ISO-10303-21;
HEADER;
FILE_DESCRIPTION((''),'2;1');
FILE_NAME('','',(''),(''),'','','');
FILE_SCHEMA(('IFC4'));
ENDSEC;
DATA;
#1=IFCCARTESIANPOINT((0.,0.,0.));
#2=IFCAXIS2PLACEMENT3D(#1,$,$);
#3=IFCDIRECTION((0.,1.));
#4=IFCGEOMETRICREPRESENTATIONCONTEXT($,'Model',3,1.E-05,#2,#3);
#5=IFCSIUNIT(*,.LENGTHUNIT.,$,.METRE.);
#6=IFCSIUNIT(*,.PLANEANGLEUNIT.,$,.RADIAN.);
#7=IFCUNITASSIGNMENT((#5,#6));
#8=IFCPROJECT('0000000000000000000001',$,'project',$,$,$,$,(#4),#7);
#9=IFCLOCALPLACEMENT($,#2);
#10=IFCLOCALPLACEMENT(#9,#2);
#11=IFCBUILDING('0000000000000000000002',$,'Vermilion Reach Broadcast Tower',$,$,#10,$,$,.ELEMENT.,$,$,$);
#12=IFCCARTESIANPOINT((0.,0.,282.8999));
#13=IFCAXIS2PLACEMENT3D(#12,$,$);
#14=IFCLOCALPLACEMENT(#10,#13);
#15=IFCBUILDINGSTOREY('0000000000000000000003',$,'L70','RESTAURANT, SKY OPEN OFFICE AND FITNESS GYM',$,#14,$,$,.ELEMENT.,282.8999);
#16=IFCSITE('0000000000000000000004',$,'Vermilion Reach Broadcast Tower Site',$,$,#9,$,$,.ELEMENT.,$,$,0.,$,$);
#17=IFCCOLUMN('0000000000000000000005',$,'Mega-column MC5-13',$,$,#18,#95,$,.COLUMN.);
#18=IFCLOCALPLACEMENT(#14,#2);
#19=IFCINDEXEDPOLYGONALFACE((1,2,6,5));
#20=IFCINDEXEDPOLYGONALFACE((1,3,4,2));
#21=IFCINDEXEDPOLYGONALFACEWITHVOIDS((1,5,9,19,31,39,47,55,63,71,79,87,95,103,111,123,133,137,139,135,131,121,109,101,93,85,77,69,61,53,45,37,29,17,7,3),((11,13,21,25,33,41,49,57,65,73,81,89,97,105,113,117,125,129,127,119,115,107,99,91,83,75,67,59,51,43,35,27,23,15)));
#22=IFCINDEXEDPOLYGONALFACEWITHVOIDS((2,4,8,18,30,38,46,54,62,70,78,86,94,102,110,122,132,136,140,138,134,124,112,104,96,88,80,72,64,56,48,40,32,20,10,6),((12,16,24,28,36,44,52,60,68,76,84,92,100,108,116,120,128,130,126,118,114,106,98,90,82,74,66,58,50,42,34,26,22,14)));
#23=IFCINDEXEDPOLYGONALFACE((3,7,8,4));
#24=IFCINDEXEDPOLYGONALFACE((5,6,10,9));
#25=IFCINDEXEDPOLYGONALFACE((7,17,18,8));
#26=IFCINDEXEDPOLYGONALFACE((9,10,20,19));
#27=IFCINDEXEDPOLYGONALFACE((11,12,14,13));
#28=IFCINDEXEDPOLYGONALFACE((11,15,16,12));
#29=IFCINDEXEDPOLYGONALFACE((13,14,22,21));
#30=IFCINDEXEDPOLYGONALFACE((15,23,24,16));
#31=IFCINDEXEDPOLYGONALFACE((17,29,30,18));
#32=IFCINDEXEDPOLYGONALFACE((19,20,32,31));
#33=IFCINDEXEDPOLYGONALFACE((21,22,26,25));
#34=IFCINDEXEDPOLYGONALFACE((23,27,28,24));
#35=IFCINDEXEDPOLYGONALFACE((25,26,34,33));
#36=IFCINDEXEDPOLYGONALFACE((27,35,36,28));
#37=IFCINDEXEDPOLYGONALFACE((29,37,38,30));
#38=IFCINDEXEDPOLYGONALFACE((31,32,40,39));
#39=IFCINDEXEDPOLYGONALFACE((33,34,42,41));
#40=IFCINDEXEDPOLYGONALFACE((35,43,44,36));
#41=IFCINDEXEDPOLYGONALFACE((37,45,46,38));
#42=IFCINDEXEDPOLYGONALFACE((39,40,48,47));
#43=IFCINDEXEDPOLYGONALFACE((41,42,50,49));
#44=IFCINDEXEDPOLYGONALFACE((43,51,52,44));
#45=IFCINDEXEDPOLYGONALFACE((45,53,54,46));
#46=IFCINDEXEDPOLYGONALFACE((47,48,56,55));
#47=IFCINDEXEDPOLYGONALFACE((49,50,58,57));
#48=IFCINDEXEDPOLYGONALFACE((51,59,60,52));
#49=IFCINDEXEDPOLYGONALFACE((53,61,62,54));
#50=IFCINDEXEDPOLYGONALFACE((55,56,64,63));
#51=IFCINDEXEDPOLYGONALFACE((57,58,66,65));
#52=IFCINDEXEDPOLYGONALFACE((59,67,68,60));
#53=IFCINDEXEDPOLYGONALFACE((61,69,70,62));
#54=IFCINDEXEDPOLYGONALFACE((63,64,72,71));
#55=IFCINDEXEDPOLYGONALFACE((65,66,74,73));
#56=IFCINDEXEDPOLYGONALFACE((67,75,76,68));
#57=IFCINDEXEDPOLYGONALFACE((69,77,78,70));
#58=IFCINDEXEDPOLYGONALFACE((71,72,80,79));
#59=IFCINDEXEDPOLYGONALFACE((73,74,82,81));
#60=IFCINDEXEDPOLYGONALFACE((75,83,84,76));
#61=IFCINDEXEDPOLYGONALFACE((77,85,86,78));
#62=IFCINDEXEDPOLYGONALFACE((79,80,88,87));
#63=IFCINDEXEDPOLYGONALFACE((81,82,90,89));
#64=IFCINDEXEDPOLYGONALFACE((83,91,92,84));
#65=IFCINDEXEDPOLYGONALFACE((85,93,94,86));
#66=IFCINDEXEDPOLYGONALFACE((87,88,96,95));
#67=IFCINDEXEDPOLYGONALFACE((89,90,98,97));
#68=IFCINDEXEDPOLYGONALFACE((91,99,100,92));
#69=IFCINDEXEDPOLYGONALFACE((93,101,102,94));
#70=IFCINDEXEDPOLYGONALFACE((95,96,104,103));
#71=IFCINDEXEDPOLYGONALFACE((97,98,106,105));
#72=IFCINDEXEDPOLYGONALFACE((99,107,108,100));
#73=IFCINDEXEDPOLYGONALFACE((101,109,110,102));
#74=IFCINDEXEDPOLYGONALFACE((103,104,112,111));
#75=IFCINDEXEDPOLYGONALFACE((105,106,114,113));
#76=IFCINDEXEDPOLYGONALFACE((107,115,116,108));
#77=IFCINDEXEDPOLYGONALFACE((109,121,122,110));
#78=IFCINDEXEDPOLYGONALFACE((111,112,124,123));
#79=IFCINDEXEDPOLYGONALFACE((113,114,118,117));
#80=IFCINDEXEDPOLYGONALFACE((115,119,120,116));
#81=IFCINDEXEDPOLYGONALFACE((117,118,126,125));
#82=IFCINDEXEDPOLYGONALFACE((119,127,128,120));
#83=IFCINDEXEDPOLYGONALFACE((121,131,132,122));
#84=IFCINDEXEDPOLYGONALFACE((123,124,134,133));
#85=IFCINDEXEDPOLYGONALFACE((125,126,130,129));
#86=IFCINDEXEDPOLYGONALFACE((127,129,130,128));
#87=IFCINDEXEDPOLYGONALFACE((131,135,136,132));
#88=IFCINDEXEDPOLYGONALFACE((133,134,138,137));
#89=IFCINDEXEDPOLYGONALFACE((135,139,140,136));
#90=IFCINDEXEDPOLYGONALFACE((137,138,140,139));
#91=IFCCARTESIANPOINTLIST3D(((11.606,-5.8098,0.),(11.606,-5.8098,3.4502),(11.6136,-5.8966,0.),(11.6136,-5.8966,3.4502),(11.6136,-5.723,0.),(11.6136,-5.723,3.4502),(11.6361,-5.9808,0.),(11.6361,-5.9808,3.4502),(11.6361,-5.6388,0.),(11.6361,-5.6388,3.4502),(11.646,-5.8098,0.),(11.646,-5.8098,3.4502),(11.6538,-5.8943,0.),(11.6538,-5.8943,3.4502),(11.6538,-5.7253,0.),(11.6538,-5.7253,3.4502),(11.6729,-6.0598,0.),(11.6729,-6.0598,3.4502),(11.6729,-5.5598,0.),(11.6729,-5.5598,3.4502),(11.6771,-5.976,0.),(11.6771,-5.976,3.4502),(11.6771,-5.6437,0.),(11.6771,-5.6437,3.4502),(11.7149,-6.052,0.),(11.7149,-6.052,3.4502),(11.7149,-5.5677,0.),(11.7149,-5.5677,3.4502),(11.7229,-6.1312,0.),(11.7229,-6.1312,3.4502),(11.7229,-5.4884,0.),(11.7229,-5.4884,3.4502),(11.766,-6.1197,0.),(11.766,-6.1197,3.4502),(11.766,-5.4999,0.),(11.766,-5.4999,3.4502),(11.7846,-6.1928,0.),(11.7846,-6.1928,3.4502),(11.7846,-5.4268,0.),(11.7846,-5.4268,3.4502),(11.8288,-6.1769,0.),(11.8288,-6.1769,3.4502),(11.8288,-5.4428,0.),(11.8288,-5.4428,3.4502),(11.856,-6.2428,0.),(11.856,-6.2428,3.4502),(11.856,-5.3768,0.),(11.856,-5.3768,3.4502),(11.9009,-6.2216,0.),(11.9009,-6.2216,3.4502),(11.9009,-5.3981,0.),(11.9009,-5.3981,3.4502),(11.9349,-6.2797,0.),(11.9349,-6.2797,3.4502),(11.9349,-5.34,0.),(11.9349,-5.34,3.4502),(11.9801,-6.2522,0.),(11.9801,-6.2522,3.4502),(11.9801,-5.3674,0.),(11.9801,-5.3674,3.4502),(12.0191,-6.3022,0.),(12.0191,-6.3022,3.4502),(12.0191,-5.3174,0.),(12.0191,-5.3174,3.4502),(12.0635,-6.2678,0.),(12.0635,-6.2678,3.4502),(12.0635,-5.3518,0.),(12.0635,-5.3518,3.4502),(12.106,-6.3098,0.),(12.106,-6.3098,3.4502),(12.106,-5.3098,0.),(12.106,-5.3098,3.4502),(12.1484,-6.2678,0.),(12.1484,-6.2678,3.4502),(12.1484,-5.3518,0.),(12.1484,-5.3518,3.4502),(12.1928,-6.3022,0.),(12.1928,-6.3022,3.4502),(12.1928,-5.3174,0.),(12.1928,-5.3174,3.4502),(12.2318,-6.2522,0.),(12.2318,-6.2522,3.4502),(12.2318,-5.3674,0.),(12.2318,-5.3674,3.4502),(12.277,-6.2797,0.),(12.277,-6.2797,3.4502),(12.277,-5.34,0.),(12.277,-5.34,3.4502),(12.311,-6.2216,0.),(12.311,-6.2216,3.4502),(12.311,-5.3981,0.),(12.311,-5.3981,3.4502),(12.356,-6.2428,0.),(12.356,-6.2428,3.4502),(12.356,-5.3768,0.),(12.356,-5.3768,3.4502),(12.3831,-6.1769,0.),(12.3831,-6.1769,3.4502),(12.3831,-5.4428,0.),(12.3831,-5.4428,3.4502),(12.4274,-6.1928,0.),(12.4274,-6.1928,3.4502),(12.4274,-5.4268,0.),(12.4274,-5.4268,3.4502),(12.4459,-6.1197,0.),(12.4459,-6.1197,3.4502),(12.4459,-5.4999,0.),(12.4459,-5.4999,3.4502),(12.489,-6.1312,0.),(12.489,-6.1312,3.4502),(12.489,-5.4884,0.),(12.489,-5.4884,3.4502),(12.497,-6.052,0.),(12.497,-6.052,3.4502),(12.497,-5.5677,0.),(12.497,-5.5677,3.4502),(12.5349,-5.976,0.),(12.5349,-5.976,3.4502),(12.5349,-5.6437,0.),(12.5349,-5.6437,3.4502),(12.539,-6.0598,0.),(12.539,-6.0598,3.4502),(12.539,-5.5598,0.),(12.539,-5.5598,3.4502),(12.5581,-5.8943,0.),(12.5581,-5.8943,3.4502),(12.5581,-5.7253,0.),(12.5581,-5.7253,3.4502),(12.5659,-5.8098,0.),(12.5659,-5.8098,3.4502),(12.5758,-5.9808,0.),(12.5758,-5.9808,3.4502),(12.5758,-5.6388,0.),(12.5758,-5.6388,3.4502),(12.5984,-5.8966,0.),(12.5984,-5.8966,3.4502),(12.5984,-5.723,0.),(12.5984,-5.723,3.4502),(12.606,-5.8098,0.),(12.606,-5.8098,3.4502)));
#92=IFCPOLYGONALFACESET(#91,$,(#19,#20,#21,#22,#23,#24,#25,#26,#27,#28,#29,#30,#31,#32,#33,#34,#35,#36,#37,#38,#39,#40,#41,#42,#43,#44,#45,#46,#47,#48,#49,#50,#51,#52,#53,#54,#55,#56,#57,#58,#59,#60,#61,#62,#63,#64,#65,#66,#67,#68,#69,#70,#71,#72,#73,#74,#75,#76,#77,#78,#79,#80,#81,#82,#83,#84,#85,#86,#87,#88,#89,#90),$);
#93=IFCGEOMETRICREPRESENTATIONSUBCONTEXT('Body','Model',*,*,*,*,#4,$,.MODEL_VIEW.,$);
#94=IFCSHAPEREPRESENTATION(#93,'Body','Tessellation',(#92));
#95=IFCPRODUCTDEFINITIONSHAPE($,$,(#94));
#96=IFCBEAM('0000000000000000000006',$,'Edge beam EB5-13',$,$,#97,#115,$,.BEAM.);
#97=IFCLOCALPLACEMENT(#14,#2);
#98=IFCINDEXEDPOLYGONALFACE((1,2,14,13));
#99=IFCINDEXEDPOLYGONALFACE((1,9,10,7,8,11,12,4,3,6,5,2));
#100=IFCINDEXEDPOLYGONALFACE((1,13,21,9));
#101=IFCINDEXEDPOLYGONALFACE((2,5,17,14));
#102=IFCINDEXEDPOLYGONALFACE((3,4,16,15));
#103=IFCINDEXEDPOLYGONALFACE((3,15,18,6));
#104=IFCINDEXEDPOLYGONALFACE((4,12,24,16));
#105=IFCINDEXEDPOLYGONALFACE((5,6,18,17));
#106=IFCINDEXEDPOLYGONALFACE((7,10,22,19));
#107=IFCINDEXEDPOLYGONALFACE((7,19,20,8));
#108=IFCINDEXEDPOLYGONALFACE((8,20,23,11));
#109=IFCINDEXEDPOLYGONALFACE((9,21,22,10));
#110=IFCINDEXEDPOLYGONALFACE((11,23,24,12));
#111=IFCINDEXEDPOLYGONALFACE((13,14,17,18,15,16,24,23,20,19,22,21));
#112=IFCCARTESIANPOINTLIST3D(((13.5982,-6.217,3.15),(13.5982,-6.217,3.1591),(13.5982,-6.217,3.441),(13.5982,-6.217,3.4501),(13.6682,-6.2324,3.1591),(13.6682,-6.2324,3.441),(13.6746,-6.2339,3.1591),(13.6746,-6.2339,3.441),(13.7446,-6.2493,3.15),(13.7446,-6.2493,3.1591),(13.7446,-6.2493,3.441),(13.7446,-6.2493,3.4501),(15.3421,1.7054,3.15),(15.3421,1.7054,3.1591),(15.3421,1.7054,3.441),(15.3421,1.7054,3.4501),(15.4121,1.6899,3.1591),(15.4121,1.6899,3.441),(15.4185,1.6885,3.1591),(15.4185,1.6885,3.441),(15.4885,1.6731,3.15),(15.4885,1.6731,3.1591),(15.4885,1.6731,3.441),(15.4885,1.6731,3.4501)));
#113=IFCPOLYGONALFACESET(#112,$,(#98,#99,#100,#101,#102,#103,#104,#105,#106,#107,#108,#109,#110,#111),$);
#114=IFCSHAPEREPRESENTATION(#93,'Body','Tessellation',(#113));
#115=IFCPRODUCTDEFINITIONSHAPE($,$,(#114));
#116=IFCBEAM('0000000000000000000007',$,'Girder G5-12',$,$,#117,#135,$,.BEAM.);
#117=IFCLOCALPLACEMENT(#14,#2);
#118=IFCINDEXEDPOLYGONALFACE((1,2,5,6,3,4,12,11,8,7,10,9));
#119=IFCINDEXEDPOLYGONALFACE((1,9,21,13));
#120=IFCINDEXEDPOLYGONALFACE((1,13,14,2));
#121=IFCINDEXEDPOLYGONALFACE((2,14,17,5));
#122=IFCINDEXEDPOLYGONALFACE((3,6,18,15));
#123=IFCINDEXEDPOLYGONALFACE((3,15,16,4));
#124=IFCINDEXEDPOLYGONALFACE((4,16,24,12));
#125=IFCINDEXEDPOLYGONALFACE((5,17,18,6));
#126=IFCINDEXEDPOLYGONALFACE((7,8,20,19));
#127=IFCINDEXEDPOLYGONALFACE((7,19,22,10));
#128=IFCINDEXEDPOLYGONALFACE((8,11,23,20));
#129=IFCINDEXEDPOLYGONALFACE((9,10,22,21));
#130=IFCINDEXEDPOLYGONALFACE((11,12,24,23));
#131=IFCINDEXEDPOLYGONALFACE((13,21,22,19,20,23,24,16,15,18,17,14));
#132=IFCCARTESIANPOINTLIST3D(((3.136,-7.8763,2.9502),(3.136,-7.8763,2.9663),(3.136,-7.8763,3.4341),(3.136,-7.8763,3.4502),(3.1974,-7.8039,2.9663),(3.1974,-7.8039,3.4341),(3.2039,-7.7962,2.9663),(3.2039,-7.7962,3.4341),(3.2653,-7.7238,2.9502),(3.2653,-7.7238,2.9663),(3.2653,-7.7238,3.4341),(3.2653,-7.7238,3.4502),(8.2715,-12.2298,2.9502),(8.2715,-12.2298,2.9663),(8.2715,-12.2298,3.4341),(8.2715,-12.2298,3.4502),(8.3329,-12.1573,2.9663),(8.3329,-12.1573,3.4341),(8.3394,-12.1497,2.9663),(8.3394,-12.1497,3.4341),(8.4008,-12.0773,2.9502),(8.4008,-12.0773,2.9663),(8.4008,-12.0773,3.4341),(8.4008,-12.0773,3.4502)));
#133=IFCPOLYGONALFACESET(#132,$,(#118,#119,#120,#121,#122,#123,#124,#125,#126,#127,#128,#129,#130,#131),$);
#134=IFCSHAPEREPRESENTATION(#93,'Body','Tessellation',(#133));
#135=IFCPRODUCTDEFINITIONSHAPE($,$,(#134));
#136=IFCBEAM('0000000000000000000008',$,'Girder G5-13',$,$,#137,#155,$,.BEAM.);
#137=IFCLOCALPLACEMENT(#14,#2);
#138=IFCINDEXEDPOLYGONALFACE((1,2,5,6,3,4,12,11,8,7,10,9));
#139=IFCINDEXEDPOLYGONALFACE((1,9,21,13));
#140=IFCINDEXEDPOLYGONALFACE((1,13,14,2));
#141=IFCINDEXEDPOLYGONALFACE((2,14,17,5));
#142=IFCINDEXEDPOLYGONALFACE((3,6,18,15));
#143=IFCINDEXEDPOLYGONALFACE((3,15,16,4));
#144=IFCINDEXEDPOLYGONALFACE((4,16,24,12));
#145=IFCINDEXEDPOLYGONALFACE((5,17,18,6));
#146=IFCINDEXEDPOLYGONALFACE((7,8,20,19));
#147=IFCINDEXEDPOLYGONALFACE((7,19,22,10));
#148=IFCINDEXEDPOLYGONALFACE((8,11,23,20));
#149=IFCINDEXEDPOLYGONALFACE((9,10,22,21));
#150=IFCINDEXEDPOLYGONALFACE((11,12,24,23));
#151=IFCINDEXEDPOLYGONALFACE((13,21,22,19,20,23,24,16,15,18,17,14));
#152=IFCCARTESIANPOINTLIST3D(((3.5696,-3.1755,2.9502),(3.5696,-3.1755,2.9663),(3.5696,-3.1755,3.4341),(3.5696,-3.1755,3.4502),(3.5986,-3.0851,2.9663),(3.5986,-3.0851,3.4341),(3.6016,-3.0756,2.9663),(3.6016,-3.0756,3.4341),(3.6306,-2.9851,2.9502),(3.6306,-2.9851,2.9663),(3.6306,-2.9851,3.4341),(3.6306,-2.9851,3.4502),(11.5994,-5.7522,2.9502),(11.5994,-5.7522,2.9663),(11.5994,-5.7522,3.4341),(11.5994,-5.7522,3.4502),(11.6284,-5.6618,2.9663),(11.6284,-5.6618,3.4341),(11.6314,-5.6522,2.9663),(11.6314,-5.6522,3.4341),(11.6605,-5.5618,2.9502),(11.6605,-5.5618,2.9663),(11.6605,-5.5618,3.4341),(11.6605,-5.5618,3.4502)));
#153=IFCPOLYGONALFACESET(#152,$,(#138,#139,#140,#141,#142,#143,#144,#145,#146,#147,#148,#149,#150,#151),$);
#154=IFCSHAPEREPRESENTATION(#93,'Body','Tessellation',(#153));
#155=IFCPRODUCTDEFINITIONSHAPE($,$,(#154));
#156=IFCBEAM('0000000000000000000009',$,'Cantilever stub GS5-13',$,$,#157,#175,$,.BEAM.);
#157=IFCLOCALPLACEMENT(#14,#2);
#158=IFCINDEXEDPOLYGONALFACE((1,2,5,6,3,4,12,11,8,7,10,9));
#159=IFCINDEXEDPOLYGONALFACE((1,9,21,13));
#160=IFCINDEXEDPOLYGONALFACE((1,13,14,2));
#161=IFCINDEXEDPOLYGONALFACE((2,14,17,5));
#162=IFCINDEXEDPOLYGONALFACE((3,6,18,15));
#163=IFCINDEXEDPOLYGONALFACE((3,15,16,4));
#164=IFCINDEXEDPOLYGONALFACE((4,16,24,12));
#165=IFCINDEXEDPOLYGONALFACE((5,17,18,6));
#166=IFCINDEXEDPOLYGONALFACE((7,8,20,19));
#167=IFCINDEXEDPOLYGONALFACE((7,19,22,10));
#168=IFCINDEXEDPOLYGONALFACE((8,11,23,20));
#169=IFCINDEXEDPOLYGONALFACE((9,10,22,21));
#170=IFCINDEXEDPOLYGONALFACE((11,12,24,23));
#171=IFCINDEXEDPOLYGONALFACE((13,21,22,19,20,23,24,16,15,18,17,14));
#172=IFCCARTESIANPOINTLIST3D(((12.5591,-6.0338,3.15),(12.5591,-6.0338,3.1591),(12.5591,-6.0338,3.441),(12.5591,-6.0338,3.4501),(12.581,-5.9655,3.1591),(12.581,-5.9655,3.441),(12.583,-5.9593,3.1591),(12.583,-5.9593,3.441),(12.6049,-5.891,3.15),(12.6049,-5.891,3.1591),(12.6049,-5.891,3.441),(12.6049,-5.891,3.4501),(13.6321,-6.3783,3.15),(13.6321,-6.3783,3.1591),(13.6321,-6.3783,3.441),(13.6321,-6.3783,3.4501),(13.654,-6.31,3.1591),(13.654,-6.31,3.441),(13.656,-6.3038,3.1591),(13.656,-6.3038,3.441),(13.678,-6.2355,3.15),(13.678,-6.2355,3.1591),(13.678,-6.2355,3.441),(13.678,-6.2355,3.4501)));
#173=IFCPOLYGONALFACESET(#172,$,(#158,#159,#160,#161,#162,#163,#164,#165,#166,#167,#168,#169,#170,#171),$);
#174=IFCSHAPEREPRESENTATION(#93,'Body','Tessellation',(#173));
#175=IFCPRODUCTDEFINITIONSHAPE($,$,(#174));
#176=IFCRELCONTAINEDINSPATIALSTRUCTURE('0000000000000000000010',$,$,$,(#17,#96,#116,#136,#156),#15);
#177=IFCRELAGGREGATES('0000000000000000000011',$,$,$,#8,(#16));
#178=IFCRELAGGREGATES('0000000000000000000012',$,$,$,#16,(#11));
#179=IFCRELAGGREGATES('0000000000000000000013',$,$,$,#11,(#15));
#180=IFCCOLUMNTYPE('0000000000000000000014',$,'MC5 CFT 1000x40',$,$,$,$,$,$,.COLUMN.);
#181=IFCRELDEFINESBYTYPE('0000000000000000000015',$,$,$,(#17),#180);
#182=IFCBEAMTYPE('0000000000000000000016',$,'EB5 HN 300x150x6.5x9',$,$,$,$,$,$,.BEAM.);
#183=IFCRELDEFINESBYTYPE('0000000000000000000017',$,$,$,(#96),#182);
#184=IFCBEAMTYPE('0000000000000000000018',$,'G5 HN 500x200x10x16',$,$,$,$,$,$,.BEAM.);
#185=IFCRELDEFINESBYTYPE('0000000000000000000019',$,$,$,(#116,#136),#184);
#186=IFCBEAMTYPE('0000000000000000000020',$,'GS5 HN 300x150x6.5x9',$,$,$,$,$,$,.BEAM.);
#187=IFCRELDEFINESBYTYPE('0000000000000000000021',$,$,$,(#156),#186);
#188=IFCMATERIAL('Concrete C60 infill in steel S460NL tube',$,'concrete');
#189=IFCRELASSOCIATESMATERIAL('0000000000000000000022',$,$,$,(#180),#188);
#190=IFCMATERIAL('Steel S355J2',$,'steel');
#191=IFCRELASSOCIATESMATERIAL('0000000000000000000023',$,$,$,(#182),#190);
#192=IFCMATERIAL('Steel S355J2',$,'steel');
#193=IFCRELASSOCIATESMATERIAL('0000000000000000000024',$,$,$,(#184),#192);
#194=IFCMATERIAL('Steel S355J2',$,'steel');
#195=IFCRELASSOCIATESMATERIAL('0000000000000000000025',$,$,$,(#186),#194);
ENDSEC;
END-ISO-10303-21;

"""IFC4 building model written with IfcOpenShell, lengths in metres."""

from ifc_helpers import new_model, si_unit, direction, frame, origin, origin_2d, place, context, subcontext, project, spatial, hollow_circle, i_section, extrude, material, material_profile, profile_set, type_object, element, save


model = new_model("IFC4")

# Units and contexts
model_context = context("Model", 3, precision=1e-05, world=origin(), true_north=direction((0.0, 1.0)))
body_context = subcontext(model_context, "Body", "Model", "MODEL_VIEW")
ifc_project = project(units=[si_unit("LENGTHUNIT", "METRE"), si_unit("PLANEANGLEUNIT", "RADIAN")], contexts=[model_context])

# Site, building, storey
site_placement = place(None, origin())
site = spatial("IfcSite", under=ifc_project, at=site_placement, Name="Vermilion Reach Broadcast Tower Site", CompositionType="ELEMENT", RefElevation=0.0)
building_placement = place(site_placement, origin())
building = spatial("IfcBuilding", under=site, at=building_placement, Name="Vermilion Reach Broadcast Tower", CompositionType="ELEMENT")
storey_placement = place(building_placement, frame((0.0, 0.0, 282.8999)))
storey = spatial("IfcBuildingStorey", under=building, at=storey_placement, Name="L70", Description="RESTAURANT, SKY OPEN OFFICE AND FITNESS GYM", CompositionType="ELEMENT", Elevation=282.8999)

# Column
ifc_material_1 = material(Name="Concrete C60 infill in steel S460NL tube", Category="concrete")
ifc_material_profile_1 = material_profile(ifc_material_1, hollow_circle(Radius=0.5, WallThickness=0.04, at=origin_2d()), Name="Concrete C60 infill in steel S460NL tube CFT 1000x40")
ifc_profile_set_1 = profile_set([ifc_material_profile_1], Name="Concrete C60 infill in steel S460NL tube")
column_type = type_object("IfcColumnType", Name="MC5 CFT 1000x40", PredefinedType="COLUMN", material=ifc_profile_set_1)
column_placement = place(storey_placement, frame((12.106, -5.8098, 0.0), z_axis=(0.0, 0.0, 1.0), x_axis=(1.0, 0.0, 0.0)))
element("IfcColumn", 1, at=column_placement, inside=storey, type_object=column_type, Name="Mega-column MC5-13", PredefinedType="COLUMN", context=body_context, shape_type="SweptSolid", body=[
    extrude(hollow_circle(Radius=0.5, WallThickness=0.04, at=origin_2d()), origin(), (0.0, 0.0, 1.0), 3.4502),
])

# Beams
ifc_material_2 = material(Name="Steel S355J2", Category="steel")
ifc_material_profile_2 = material_profile(ifc_material_2, i_section(OverallWidth=0.1499, OverallDepth=0.3, WebThickness=0.0066, FlangeThickness=0.009, at=origin_2d()), Name="S355J2 HN 300x150x6.5x9")
ifc_profile_set_2 = profile_set([ifc_material_profile_2], Name="Steel S355J2")
beam_type_1 = type_object("IfcBeamType", Name="EB5 HN 300x150x6.5x9", PredefinedType="BEAM", material=ifc_profile_set_2)
beam_1_placement = place(storey_placement, frame((13.6714, -6.2332, 3.3), z_axis=(0.214977, 0.976619, 0.0), x_axis=(-0.976619, 0.214977, 0.0)))
element("IfcBeam", 2, at=beam_1_placement, inside=storey, type_object=beam_type_1, Name="Edge beam EB5-13", PredefinedType="BEAM", context=body_context, shape_type="SweptSolid", body=[
    extrude(i_section(OverallWidth=0.1499, OverallDepth=0.3, WebThickness=0.0066, FlangeThickness=0.009, at=origin_2d()), origin(), (0.0, 0.0, 1.0), 8.1121),
])
ifc_material_3 = material(Name="Steel S355J2", Category="steel")
ifc_material_profile_3 = material_profile(ifc_material_3, i_section(OverallWidth=0.2, OverallDepth=0.5, WebThickness=0.01, FlangeThickness=0.0161, at=origin_2d()), Name="S355J2 HN 500x200x10x16")
ifc_profile_set_3 = profile_set([ifc_material_profile_3], Name="Steel S355J2")
beam_type_2 = type_object("IfcBeamType", Name="G5 HN 500x200x10x16", PredefinedType="BEAM", material=ifc_profile_set_3)
beam_2_placement = place(storey_placement, frame((3.2007, -7.8, 3.2002), z_axis=(0.762793, -0.646643, 0.0), x_axis=(0.646643, 0.762793, 0.0)))
element("IfcBeam", 3, at=beam_2_placement, inside=storey, type_object=beam_type_2, Name="Girder G5-12", PredefinedType="BEAM", context=body_context, shape_type="SweptSolid", body=[
    extrude(i_section(OverallWidth=0.2, OverallDepth=0.5, WebThickness=0.01, FlangeThickness=0.0161, at=origin_2d()), origin(), (0.0, 0.0, 1.0), 6.7324),
])
beam_3_placement = place(storey_placement, frame((3.6001, -3.0803, 3.2002), z_axis=(0.952178, -0.305542, 0.0), x_axis=(0.305542, 0.952178, 0.0)))
element("IfcBeam", 4, at=beam_3_placement, inside=storey, type_object=beam_type_2, Name="Girder G5-13", PredefinedType="BEAM", context=body_context, shape_type="SweptSolid", body=[
    extrude(i_section(OverallWidth=0.2, OverallDepth=0.5, WebThickness=0.01, FlangeThickness=0.0161, at=origin_2d()), origin(), (0.0, 0.0, 1.0), 8.4331),
])
ifc_material_4 = material(Name="Steel S355J2", Category="steel")
ifc_material_profile_4 = material_profile(ifc_material_4, i_section(OverallWidth=0.1499, OverallDepth=0.3, WebThickness=0.0066, FlangeThickness=0.009, at=origin_2d()), Name="S355J2 HN 300x150x6.5x9")
ifc_profile_set_4 = profile_set([ifc_material_profile_4], Name="Steel S355J2")
beam_type_3 = type_object("IfcBeamType", Name="GS5 HN 300x150x6.5x9", PredefinedType="BEAM", material=ifc_profile_set_4)
beam_4_placement = place(storey_placement, frame((12.582, -5.9624, 3.3), z_axis=(0.952134, -0.30568, 0.0), x_axis=(0.30568, 0.952134, 0.0)))
element("IfcBeam", 5, at=beam_4_placement, inside=storey, type_object=beam_type_3, Name="Cantilever stub GS5-13", PredefinedType="BEAM", context=body_context, shape_type="SweptSolid", body=[
    extrude(i_section(OverallWidth=0.1499, OverallDepth=0.3, WebThickness=0.0066, FlangeThickness=0.009, at=origin_2d()), origin(), (0.0, 0.0, 1.0), 1.127),
])

save(model, "model.ifc")
